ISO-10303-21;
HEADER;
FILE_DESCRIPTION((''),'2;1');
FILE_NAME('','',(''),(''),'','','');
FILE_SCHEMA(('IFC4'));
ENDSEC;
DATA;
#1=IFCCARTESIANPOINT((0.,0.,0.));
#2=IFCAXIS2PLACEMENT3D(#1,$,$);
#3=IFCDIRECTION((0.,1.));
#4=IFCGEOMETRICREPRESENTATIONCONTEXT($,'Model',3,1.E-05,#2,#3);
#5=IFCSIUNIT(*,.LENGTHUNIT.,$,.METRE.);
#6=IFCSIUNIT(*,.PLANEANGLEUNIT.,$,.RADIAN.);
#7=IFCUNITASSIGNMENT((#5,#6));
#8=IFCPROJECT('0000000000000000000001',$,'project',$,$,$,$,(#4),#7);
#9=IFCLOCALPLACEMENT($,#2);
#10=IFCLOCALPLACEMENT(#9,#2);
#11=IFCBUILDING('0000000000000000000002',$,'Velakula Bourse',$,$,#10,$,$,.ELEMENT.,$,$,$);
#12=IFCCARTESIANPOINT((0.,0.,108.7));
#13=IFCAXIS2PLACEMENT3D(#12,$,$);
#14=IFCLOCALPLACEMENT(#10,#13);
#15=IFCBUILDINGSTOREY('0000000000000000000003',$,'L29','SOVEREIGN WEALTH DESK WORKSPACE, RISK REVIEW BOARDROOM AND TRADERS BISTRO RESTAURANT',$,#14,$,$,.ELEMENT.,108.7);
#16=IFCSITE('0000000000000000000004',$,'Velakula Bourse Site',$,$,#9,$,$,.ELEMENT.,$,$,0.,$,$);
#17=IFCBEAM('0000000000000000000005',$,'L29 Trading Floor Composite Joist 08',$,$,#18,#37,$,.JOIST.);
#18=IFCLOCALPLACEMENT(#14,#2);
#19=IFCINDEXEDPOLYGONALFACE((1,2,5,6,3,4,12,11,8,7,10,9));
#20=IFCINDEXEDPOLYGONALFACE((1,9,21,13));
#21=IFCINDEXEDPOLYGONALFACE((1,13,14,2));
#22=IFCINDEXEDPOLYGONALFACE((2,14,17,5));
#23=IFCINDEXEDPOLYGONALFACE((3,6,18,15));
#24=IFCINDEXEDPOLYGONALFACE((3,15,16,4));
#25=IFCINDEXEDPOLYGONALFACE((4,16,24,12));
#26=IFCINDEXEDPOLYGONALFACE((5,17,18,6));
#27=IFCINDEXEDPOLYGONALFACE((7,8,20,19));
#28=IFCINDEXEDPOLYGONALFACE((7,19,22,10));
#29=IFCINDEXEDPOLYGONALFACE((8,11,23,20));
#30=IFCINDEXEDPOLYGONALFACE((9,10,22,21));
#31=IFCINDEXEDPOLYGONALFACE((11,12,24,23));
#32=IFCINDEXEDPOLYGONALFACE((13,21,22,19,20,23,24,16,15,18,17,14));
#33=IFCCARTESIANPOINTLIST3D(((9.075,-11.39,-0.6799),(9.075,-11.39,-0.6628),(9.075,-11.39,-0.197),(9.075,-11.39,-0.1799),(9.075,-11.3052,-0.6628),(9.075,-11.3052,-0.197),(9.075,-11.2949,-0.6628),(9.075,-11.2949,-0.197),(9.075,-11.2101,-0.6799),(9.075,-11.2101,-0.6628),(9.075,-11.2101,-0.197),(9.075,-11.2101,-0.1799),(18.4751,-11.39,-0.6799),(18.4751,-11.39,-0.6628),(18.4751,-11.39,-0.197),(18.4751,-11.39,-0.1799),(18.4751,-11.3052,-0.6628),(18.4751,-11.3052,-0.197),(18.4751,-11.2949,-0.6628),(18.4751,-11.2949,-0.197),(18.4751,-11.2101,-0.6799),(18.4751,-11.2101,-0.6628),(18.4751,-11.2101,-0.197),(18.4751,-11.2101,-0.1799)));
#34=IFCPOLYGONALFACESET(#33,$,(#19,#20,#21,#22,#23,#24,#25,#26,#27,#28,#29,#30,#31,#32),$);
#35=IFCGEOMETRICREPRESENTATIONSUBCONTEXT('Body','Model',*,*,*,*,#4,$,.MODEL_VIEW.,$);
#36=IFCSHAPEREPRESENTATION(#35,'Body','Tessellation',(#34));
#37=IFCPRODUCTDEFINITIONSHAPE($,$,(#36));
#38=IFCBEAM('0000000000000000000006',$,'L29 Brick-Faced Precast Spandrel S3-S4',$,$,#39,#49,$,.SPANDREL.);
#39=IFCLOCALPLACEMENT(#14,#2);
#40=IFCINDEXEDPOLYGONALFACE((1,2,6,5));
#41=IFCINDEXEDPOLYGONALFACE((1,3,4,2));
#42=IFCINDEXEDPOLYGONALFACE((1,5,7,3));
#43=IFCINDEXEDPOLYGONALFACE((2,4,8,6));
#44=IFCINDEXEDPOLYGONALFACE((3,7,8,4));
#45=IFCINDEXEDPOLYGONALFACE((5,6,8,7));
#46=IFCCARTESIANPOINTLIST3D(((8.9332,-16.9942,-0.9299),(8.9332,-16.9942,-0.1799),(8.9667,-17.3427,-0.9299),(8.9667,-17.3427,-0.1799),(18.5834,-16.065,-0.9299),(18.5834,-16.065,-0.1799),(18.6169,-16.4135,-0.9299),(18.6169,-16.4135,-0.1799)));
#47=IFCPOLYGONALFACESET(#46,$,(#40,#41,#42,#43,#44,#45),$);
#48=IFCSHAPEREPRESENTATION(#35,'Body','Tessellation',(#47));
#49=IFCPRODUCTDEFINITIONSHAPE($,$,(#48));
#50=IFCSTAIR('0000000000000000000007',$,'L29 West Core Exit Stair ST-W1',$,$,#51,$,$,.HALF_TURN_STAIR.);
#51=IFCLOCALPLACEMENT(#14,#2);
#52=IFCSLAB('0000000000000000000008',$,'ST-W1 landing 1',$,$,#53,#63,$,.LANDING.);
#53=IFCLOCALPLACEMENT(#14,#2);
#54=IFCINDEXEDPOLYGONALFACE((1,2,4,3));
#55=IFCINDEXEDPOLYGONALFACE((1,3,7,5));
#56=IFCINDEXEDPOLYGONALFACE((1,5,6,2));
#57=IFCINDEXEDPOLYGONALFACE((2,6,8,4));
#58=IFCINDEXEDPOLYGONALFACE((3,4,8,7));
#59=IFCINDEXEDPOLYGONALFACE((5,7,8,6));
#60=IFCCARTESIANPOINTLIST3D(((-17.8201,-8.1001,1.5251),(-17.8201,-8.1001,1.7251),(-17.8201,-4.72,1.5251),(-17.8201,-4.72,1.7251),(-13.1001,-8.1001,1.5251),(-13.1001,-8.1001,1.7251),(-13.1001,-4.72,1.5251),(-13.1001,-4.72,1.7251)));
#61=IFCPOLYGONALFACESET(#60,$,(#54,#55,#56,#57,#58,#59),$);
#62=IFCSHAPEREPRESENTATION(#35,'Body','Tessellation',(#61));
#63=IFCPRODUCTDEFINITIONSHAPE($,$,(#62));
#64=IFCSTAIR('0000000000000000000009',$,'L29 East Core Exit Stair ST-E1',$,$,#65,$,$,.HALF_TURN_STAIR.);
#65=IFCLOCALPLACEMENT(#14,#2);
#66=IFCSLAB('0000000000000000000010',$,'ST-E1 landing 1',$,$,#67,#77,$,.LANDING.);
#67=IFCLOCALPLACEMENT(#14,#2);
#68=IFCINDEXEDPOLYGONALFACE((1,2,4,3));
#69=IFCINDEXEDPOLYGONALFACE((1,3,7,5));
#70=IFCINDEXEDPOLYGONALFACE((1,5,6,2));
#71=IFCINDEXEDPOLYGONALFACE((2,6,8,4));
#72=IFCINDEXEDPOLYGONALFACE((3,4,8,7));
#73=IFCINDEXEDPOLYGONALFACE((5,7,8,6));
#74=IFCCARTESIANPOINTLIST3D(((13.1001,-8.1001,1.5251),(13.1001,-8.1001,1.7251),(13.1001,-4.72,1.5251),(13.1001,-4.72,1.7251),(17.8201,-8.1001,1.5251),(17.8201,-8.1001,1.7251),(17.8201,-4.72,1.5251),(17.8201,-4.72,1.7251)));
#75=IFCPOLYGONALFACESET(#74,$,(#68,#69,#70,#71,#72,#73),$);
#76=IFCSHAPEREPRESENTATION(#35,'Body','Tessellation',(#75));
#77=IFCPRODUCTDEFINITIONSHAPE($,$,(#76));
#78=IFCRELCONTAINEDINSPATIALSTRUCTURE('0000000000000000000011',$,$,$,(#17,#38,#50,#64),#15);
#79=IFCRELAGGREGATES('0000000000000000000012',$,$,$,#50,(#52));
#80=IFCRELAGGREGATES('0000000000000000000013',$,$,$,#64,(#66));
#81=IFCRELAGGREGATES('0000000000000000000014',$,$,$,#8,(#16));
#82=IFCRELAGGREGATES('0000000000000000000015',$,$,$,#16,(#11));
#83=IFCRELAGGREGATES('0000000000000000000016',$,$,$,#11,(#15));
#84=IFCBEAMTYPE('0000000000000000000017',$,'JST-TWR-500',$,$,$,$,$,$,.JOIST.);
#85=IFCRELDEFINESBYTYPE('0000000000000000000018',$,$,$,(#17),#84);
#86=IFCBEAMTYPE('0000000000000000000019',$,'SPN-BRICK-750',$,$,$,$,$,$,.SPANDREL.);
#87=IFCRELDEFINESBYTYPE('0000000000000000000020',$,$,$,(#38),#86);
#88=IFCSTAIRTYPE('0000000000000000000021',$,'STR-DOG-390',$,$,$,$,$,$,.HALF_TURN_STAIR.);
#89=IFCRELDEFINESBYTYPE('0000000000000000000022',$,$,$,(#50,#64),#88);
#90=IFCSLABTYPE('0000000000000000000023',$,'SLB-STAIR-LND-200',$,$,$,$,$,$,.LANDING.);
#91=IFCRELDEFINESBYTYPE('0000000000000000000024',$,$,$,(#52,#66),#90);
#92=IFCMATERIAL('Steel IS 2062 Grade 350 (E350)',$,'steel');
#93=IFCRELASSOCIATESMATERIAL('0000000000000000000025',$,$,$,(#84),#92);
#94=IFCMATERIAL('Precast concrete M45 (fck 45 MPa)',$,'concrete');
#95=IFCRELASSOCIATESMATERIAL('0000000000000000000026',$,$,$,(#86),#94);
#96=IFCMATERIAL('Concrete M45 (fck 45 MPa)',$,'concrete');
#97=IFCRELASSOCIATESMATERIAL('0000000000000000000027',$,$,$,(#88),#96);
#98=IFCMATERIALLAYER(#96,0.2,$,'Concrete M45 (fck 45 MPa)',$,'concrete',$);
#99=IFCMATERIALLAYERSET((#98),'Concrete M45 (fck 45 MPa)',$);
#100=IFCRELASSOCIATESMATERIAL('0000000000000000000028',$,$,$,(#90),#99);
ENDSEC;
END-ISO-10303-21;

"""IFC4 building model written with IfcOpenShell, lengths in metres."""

from ifc_helpers import new_model, si_unit, direction, frame, origin, origin_2d, place, context, subcontext, project, spatial, polyline, rectangle, i_section, outline, extrude, material, layer, layer_set, material_profile, profile_set, type_object, element, aggregate, save


model = new_model("IFC4")

# Units and contexts
model_context = context("Model", 3, precision=1e-05, world=origin(), true_north=direction((0.0, 1.0)))
body_context = subcontext(model_context, "Body", "Model", "MODEL_VIEW")
ifc_project = project(units=[si_unit("LENGTHUNIT", "METRE"), si_unit("PLANEANGLEUNIT", "RADIAN")], contexts=[model_context])

# Site, building, storey
site_placement = place(None, origin())
site = spatial("IfcSite", under=ifc_project, at=site_placement, Name="Velakula Bourse Site", CompositionType="ELEMENT", RefElevation=0.0)
building_placement = place(site_placement, origin())
building = spatial("IfcBuilding", under=site, at=building_placement, Name="Velakula Bourse", CompositionType="ELEMENT")
storey_placement = place(building_placement, frame((0.0, 0.0, 108.7)))
storey = spatial("IfcBuildingStorey", under=building, at=storey_placement, Name="L29", Description="SOVEREIGN WEALTH DESK WORKSPACE, RISK REVIEW BOARDROOM AND TRADERS BISTRO RESTAURANT", CompositionType="ELEMENT", Elevation=108.7)

# Beams
ifc_material_1 = material(Name="Steel IS 2062 Grade 350 (E350)", Category="steel")
ifc_material_profile_1 = material_profile(ifc_material_1, i_section(OverallWidth=0.1799, OverallDepth=0.5, WebThickness=0.0103, FlangeThickness=0.0171, at=origin_2d()), Name="Steel IS 2062 Grade 350 (E350)")
ifc_profile_set_1 = profile_set([ifc_material_profile_1], Name="Steel IS 2062 Grade 350 (E350)")
beam_type_1 = type_object("IfcBeamType", Name="JST-TWR-500", PredefinedType="JOIST", material=ifc_profile_set_1)
beam_1_placement = place(storey_placement, frame((9.075, -11.3, -0.4299), z_axis=(1.0, 0.0, 0.0), x_axis=(0.0, 1.0, 0.0)))
element("IfcBeam", 1, at=beam_1_placement, inside=storey, type_object=beam_type_1, Name="L29 Trading Floor Composite Joist 08", PredefinedType="JOIST", context=body_context, shape_type="SweptSolid", body=[
    extrude(i_section(OverallWidth=0.1799, OverallDepth=0.5, WebThickness=0.0103, FlangeThickness=0.0171, at=origin_2d()), origin(), (0.0, 0.0, 1.0), 9.4001),
])
ifc_material_2 = material(Name="Precast concrete M45 (fck 45 MPa)", Category="concrete")
ifc_material_profile_2 = material_profile(ifc_material_2, rectangle(XDim=0.3501, YDim=0.75, at=origin_2d()), Name="Precast concrete M45 (fck 45 MPa)")
ifc_profile_set_2 = profile_set([ifc_material_profile_2], Name="Precast concrete M45 (fck 45 MPa)")
beam_type_2 = type_object("IfcBeamType", Name="SPN-BRICK-750", PredefinedType="SPANDREL", material=ifc_profile_set_2)
beam_2_placement = place(storey_placement, frame((8.95, -17.1685, -0.5549), z_axis=(0.995396, 0.095845, 0.0), x_axis=(-0.095845, 0.995396, 0.0)))
element("IfcBeam", 2, at=beam_2_placement, inside=storey, type_object=beam_type_2, Name="L29 Brick-Faced Precast Spandrel S3-S4", PredefinedType="SPANDREL", context=body_context, shape_type="SweptSolid", body=[
    extrude(rectangle(XDim=0.3501, YDim=0.75, at=origin_2d()), origin(), (0.0, 0.0, 1.0), 9.6948),
])

# Stairs, slabs
ifc_material_3 = material(Name="Concrete M45 (fck 45 MPa)", Category="concrete")
stair_type = type_object("IfcStairType", Name="STR-DOG-390", PredefinedType="HALF_TURN_STAIR", material=ifc_material_3)
stair_1_placement = place(storey_placement, origin())
stair_1 = element("IfcStair", 3, at=stair_1_placement, inside=storey, type_object=stair_type, Name="L29 West Core Exit Stair ST-W1", PredefinedType="HALF_TURN_STAIR")
ifc_layer_1 = layer(ifc_material_3, 0.2, Name="Concrete M45 (fck 45 MPa)", Category="concrete")
ifc_layer_set_1 = layer_set([ifc_layer_1], Name="Concrete M45 (fck 45 MPa)")
slab_type_1 = type_object("IfcSlabType", Name="SLB-STAIR-LND-200", PredefinedType="LANDING", material=ifc_layer_set_1)
slab_1_placement = place(storey_placement, frame((0.0, 0.0, 1.5251)))
slab_1 = element("IfcSlab", 4, at=slab_1_placement, type_object=slab_type_1, Name="ST-W1 landing 1", PredefinedType="LANDING", context=body_context, shape_type="SweptSolid", body=[
    extrude(outline(polyline([(-17.8201, -4.72), (-17.8201, -8.1001), (-13.1001, -8.1001), (-13.1001, -4.72), (-17.8201, -4.72)])), origin(), (0.0, 0.0, 1.0), 0.2),
])
aggregate(stair_1, [slab_1])
stair_2_placement = place(storey_placement, origin())
stair_2 = element("IfcStair", 5, at=stair_2_placement, inside=storey, type_object=stair_type, Name="L29 East Core Exit Stair ST-E1", PredefinedType="HALF_TURN_STAIR")
slab_2_placement = place(storey_placement, frame((0.0, 0.0, 1.5251)))
slab_2 = element("IfcSlab", 6, at=slab_2_placement, type_object=slab_type_1, Name="ST-E1 landing 1", PredefinedType="LANDING", context=body_context, shape_type="SweptSolid", body=[
    extrude(outline(polyline([(13.1001, -4.72), (13.1001, -8.1001), (17.8201, -8.1001), (17.8201, -4.72), (13.1001, -4.72)])), origin(), (0.0, 0.0, 1.0), 0.2),
])
aggregate(stair_2, [slab_2])

save(model, "model.ifc")
